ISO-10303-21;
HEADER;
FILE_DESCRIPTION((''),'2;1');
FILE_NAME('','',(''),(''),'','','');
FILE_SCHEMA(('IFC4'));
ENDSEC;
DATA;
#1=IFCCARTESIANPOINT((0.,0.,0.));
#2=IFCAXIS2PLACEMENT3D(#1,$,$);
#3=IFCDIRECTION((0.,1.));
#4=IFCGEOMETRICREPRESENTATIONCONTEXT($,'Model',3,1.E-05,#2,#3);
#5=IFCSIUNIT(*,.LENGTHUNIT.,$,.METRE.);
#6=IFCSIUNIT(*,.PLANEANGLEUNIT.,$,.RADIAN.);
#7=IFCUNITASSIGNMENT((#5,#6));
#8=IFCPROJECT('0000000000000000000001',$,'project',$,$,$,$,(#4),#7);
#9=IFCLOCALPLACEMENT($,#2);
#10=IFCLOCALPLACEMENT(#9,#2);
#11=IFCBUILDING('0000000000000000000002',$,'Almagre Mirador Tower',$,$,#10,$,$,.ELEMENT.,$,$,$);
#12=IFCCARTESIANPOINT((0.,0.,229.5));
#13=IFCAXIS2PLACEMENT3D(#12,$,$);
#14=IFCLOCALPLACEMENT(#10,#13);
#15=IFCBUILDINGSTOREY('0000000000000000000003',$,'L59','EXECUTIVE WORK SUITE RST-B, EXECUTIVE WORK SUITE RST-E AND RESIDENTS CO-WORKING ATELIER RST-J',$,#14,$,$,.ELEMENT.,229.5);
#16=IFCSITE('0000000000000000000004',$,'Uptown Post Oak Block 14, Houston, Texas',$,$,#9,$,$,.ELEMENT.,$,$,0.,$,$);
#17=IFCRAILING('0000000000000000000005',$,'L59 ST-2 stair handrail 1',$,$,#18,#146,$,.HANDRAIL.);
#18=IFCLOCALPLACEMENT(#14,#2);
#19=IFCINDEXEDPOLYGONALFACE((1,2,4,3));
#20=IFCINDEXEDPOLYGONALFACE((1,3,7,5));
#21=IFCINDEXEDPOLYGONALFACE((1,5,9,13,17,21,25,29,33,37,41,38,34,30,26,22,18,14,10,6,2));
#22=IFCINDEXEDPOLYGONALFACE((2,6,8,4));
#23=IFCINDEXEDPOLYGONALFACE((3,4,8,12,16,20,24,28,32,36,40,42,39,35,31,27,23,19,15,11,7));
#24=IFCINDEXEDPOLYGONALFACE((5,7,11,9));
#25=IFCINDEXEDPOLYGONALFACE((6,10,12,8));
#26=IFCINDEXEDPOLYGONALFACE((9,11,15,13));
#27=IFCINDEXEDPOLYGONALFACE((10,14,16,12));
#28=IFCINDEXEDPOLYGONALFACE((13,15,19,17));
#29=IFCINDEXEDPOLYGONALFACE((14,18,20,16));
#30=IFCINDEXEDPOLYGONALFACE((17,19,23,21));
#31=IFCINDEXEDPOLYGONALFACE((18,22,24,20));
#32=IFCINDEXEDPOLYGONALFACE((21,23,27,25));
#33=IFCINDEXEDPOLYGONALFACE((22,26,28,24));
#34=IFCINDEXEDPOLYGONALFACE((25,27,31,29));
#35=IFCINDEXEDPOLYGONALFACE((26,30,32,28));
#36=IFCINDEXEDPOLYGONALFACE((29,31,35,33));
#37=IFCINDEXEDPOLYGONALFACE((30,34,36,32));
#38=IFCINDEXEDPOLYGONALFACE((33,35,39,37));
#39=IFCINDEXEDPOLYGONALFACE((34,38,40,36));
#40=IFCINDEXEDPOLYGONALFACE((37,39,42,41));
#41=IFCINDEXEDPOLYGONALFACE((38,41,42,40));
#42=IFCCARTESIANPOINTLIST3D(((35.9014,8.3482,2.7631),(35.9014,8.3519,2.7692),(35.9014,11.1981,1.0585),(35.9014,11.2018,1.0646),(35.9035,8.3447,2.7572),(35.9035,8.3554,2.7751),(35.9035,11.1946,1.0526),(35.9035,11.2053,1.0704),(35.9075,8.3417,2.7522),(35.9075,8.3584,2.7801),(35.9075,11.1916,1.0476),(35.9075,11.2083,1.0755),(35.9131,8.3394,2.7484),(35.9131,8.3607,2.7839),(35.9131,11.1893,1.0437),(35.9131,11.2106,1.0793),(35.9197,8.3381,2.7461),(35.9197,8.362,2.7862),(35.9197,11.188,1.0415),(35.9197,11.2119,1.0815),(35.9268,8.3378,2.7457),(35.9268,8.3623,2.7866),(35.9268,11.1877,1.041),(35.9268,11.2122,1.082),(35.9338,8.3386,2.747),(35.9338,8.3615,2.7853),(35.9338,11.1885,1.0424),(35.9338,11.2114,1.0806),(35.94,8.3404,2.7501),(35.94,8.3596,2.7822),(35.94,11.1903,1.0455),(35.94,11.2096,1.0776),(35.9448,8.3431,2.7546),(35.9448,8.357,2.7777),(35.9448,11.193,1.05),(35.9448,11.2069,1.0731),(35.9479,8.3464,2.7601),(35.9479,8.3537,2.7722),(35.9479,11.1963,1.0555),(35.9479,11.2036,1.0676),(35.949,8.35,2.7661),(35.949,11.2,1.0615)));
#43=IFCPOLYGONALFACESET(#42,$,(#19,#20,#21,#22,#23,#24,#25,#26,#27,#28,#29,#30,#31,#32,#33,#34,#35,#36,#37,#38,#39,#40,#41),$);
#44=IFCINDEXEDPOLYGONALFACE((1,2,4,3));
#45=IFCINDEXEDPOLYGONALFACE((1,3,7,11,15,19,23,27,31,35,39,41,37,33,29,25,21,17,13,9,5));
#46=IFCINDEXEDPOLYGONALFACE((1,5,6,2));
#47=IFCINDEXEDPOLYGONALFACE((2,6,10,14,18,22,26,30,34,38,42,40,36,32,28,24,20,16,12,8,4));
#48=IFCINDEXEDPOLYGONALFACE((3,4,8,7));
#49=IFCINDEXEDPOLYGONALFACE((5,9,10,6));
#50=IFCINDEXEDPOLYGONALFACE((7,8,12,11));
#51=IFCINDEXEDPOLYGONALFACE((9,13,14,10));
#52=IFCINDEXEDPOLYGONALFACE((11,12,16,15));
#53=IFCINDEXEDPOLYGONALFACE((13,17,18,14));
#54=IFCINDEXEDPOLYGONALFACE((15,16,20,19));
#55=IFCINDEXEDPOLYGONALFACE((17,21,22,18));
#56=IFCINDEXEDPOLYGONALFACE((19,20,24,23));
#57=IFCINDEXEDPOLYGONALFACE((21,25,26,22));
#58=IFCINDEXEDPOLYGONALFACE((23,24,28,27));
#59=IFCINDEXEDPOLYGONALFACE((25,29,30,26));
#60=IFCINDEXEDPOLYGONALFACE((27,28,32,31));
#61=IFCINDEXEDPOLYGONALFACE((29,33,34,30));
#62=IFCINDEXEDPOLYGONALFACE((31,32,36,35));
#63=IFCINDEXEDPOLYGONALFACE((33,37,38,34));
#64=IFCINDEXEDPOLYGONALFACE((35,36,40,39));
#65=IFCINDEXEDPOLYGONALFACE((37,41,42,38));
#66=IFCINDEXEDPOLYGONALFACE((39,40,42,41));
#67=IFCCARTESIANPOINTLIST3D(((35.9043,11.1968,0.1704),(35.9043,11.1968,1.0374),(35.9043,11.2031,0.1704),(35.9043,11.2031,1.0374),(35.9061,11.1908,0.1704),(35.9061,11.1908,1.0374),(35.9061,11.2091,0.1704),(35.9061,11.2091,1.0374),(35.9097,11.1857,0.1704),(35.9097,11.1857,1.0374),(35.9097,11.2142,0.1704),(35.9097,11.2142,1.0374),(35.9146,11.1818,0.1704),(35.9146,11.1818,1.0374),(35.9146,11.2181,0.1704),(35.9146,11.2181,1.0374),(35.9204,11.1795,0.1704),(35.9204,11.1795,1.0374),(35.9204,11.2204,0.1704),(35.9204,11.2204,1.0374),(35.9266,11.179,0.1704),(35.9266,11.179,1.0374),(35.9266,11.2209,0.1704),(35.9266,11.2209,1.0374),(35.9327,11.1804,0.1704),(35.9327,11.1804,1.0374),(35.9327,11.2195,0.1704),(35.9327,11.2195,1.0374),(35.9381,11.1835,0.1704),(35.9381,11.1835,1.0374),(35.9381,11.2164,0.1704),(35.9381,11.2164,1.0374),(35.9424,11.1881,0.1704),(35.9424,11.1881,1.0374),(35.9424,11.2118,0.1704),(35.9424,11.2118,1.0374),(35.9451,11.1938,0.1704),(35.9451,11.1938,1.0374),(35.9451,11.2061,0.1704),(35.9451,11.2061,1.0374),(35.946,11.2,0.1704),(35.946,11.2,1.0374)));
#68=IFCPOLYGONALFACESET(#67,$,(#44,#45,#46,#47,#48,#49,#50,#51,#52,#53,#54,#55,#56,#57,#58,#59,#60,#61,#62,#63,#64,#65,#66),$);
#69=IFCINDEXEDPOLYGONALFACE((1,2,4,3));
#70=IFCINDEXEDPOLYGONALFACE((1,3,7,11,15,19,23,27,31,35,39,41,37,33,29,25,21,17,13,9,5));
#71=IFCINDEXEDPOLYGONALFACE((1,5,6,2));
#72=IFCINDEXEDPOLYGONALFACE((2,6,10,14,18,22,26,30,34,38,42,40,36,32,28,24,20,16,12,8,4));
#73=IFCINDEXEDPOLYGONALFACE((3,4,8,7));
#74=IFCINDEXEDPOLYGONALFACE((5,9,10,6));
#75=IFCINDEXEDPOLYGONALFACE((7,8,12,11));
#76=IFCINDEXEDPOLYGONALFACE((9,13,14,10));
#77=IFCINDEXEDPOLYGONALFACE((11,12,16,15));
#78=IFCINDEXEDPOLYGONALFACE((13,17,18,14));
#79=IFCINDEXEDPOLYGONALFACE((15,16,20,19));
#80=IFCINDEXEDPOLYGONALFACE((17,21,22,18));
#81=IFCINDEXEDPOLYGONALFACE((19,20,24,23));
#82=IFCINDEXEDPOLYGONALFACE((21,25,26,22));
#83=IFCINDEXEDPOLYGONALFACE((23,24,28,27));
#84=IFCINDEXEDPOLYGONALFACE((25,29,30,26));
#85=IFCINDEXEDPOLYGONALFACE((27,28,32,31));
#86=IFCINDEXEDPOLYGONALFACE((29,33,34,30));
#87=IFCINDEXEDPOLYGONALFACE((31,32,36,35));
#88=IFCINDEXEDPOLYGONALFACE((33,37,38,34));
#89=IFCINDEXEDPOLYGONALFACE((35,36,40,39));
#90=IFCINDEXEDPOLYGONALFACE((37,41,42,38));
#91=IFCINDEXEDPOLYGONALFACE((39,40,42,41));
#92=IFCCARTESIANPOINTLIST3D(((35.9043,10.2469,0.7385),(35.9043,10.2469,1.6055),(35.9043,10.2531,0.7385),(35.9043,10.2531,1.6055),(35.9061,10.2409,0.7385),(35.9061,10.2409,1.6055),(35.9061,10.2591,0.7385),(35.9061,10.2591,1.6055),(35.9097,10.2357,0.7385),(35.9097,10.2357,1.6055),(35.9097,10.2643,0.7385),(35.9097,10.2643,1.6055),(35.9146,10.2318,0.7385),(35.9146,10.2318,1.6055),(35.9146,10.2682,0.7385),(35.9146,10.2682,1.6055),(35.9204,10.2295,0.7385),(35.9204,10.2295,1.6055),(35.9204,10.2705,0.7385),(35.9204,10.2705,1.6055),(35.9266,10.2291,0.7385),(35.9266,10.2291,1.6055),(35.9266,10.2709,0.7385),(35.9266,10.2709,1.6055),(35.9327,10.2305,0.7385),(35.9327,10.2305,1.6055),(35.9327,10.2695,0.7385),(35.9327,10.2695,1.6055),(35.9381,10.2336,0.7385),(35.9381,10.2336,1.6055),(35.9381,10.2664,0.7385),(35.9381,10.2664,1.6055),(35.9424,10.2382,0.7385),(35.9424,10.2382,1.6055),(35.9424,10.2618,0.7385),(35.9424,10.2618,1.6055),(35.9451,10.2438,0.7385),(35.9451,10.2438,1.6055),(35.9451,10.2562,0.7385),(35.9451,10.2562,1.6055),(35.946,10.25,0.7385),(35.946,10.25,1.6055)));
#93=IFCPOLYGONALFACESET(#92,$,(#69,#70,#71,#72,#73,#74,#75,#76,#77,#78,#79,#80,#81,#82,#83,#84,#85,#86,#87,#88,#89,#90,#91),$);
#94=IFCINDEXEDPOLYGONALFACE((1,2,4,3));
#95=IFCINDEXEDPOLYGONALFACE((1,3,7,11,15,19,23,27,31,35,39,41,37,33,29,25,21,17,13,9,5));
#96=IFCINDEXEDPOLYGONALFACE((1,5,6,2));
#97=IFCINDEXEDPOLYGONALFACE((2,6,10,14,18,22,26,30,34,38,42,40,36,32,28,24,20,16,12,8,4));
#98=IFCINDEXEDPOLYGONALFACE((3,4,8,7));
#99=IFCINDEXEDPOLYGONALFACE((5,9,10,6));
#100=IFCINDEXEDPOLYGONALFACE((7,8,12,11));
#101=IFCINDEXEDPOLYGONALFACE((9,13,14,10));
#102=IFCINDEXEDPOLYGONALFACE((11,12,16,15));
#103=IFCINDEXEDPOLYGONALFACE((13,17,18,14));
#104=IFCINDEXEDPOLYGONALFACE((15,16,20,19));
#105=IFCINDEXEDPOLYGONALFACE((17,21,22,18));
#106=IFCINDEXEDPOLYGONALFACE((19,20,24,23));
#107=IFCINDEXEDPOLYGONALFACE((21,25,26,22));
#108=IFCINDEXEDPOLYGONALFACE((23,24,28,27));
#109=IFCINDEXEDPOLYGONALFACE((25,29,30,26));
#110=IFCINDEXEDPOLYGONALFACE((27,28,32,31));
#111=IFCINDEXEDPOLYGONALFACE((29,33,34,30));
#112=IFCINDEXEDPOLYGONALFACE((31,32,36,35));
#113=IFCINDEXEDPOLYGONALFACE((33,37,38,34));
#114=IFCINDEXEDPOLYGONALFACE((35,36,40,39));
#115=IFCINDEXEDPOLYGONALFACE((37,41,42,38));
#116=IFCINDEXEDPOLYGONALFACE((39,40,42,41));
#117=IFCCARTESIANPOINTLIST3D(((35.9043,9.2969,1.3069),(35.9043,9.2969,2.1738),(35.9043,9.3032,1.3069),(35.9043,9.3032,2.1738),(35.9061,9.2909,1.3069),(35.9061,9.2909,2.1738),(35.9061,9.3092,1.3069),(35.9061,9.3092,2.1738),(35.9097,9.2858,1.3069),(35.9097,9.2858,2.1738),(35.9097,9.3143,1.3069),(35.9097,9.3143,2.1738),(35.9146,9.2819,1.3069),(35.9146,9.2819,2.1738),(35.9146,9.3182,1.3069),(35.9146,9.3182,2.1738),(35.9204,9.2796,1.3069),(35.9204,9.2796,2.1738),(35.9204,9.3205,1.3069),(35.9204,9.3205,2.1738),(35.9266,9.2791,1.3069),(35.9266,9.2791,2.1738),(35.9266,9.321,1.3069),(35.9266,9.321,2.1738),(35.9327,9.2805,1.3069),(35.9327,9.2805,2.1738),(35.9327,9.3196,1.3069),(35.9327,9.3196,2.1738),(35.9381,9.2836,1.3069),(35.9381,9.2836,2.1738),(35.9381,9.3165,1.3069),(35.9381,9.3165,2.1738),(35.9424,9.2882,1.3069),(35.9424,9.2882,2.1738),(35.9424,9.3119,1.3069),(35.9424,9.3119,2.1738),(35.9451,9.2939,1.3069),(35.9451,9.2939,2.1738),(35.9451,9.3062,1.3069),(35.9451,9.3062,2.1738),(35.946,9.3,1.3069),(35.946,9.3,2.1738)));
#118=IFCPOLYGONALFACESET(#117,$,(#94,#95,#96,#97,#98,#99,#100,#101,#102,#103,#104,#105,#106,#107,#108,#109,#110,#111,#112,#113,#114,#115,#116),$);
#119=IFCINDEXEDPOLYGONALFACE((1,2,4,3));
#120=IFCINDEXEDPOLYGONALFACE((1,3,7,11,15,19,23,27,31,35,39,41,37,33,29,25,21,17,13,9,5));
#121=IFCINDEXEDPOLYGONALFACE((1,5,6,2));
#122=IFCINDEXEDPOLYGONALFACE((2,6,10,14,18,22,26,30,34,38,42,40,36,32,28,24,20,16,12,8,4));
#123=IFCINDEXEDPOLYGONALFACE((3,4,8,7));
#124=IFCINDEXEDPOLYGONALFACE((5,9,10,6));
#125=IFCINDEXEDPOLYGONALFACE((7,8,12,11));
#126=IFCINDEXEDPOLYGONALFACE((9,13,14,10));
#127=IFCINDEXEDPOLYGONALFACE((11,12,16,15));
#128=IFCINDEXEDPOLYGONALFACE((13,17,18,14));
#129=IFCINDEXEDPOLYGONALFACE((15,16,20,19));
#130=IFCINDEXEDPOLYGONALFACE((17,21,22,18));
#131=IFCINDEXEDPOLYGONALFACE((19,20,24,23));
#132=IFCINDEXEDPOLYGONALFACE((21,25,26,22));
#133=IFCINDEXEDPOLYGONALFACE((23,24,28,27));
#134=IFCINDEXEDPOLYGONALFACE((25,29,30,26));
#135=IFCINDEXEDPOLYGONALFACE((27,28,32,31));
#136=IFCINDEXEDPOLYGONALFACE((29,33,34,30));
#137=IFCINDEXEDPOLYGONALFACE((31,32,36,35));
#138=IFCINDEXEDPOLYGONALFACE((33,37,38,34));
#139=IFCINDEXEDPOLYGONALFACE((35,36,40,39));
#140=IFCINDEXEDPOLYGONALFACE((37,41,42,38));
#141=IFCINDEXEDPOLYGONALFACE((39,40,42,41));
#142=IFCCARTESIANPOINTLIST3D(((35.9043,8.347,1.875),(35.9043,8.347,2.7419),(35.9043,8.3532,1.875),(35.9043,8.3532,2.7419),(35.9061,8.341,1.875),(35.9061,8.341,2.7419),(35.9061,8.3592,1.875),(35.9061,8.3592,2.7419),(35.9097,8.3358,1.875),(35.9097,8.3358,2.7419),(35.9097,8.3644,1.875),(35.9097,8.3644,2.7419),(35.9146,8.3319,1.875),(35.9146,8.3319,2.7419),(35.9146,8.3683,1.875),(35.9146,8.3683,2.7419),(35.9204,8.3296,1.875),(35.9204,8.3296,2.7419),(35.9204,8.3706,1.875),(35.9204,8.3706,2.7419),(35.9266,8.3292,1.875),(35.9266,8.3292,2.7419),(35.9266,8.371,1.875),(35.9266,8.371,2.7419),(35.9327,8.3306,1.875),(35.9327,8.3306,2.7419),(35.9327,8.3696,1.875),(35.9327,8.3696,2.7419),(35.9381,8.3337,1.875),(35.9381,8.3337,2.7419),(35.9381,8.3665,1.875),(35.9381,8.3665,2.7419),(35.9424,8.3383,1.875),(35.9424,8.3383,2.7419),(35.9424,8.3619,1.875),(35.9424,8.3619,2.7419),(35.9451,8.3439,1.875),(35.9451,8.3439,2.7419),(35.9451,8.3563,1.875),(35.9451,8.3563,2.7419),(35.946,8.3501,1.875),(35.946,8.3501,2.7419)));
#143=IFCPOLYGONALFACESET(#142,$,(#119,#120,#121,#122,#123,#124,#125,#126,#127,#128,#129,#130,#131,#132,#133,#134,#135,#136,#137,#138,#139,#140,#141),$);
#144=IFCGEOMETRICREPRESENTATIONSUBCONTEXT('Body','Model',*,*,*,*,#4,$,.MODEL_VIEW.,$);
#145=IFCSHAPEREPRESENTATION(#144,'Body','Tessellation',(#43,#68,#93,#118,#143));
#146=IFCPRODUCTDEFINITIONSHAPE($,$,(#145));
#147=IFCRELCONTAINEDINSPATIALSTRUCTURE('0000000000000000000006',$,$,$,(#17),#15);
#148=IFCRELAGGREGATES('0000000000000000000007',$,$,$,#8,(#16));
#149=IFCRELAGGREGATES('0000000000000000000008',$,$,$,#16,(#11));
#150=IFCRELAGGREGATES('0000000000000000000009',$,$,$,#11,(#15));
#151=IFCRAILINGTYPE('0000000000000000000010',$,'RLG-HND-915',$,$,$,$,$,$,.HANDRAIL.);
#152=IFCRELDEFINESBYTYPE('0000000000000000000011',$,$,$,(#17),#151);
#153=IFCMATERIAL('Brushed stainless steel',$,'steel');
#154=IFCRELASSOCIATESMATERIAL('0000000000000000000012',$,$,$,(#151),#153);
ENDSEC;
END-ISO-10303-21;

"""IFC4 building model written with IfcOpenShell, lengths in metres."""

from ifc_helpers import new_model, si_unit, direction, frame, origin, origin_2d, place, context, subcontext, project, spatial, circle, extrude, material, type_object, element, save


model = new_model("IFC4")

# Units and contexts
model_context = context("Model", 3, precision=1e-05, world=origin(), true_north=direction((0.0, 1.0)))
body_context = subcontext(model_context, "Body", "Model", "MODEL_VIEW")
ifc_project = project(units=[si_unit("LENGTHUNIT", "METRE"), si_unit("PLANEANGLEUNIT", "RADIAN")], contexts=[model_context])

# Site, building, storey
site_placement = place(None, origin())
site = spatial("IfcSite", under=ifc_project, at=site_placement, Name="Uptown Post Oak Block 14, Houston, Texas", CompositionType="ELEMENT", RefElevation=0.0)
building_placement = place(site_placement, origin())
building = spatial("IfcBuilding", under=site, at=building_placement, Name="Almagre Mirador Tower", CompositionType="ELEMENT")
storey_placement = place(building_placement, frame((0.0, 0.0, 229.5)))
storey = spatial("IfcBuildingStorey", under=building, at=storey_placement, Name="L59", Description="EXECUTIVE WORK SUITE RST-B, EXECUTIVE WORK SUITE RST-E AND RESIDENTS CO-WORKING ATELIER RST-J", CompositionType="ELEMENT", Elevation=229.5)

# Railing
ifc_material_1 = material(Name="Brushed stainless steel", Category="steel")
railing_type_1 = type_object("IfcRailingType", Name="RLG-HND-915", PredefinedType="HANDRAIL", material=ifc_material_1)
railing_1_placement = place(storey_placement, frame((35.925, 11.2, 0.1704)))
element("IfcRailing", 1, at=railing_1_placement, inside=storey, type_object=railing_type_1, Name="L59 ST-2 stair handrail 1", PredefinedType="HANDRAIL", context=body_context, shape_type="SweptSolid", body=[
    extrude(circle(Radius=0.0239, at=origin_2d()), frame((0.0, 0.0, 0.8911), z_axis=(0.0, -0.858199, 0.513317), x_axis=(1.0, 0.0, 0.0)), (0.0, 0.0, 1.0), 3.3208),
    extrude(circle(Radius=0.021, at=origin_2d()), origin(), (0.0, 0.0, 1.0), 0.8669),
    extrude(circle(Radius=0.021, at=origin_2d()), frame((0.0, -0.95, 0.5681)), (0.0, 0.0, 1.0), 0.8669),
    extrude(circle(Radius=0.021, at=origin_2d()), frame((0.0, -1.8999, 1.1365)), (0.0, 0.0, 1.0), 0.8669),
    extrude(circle(Radius=0.021, at=origin_2d()), frame((0.0, -2.8499, 1.7046)), (0.0, 0.0, 1.0), 0.8669),
])

save(model, "model.ifc")
